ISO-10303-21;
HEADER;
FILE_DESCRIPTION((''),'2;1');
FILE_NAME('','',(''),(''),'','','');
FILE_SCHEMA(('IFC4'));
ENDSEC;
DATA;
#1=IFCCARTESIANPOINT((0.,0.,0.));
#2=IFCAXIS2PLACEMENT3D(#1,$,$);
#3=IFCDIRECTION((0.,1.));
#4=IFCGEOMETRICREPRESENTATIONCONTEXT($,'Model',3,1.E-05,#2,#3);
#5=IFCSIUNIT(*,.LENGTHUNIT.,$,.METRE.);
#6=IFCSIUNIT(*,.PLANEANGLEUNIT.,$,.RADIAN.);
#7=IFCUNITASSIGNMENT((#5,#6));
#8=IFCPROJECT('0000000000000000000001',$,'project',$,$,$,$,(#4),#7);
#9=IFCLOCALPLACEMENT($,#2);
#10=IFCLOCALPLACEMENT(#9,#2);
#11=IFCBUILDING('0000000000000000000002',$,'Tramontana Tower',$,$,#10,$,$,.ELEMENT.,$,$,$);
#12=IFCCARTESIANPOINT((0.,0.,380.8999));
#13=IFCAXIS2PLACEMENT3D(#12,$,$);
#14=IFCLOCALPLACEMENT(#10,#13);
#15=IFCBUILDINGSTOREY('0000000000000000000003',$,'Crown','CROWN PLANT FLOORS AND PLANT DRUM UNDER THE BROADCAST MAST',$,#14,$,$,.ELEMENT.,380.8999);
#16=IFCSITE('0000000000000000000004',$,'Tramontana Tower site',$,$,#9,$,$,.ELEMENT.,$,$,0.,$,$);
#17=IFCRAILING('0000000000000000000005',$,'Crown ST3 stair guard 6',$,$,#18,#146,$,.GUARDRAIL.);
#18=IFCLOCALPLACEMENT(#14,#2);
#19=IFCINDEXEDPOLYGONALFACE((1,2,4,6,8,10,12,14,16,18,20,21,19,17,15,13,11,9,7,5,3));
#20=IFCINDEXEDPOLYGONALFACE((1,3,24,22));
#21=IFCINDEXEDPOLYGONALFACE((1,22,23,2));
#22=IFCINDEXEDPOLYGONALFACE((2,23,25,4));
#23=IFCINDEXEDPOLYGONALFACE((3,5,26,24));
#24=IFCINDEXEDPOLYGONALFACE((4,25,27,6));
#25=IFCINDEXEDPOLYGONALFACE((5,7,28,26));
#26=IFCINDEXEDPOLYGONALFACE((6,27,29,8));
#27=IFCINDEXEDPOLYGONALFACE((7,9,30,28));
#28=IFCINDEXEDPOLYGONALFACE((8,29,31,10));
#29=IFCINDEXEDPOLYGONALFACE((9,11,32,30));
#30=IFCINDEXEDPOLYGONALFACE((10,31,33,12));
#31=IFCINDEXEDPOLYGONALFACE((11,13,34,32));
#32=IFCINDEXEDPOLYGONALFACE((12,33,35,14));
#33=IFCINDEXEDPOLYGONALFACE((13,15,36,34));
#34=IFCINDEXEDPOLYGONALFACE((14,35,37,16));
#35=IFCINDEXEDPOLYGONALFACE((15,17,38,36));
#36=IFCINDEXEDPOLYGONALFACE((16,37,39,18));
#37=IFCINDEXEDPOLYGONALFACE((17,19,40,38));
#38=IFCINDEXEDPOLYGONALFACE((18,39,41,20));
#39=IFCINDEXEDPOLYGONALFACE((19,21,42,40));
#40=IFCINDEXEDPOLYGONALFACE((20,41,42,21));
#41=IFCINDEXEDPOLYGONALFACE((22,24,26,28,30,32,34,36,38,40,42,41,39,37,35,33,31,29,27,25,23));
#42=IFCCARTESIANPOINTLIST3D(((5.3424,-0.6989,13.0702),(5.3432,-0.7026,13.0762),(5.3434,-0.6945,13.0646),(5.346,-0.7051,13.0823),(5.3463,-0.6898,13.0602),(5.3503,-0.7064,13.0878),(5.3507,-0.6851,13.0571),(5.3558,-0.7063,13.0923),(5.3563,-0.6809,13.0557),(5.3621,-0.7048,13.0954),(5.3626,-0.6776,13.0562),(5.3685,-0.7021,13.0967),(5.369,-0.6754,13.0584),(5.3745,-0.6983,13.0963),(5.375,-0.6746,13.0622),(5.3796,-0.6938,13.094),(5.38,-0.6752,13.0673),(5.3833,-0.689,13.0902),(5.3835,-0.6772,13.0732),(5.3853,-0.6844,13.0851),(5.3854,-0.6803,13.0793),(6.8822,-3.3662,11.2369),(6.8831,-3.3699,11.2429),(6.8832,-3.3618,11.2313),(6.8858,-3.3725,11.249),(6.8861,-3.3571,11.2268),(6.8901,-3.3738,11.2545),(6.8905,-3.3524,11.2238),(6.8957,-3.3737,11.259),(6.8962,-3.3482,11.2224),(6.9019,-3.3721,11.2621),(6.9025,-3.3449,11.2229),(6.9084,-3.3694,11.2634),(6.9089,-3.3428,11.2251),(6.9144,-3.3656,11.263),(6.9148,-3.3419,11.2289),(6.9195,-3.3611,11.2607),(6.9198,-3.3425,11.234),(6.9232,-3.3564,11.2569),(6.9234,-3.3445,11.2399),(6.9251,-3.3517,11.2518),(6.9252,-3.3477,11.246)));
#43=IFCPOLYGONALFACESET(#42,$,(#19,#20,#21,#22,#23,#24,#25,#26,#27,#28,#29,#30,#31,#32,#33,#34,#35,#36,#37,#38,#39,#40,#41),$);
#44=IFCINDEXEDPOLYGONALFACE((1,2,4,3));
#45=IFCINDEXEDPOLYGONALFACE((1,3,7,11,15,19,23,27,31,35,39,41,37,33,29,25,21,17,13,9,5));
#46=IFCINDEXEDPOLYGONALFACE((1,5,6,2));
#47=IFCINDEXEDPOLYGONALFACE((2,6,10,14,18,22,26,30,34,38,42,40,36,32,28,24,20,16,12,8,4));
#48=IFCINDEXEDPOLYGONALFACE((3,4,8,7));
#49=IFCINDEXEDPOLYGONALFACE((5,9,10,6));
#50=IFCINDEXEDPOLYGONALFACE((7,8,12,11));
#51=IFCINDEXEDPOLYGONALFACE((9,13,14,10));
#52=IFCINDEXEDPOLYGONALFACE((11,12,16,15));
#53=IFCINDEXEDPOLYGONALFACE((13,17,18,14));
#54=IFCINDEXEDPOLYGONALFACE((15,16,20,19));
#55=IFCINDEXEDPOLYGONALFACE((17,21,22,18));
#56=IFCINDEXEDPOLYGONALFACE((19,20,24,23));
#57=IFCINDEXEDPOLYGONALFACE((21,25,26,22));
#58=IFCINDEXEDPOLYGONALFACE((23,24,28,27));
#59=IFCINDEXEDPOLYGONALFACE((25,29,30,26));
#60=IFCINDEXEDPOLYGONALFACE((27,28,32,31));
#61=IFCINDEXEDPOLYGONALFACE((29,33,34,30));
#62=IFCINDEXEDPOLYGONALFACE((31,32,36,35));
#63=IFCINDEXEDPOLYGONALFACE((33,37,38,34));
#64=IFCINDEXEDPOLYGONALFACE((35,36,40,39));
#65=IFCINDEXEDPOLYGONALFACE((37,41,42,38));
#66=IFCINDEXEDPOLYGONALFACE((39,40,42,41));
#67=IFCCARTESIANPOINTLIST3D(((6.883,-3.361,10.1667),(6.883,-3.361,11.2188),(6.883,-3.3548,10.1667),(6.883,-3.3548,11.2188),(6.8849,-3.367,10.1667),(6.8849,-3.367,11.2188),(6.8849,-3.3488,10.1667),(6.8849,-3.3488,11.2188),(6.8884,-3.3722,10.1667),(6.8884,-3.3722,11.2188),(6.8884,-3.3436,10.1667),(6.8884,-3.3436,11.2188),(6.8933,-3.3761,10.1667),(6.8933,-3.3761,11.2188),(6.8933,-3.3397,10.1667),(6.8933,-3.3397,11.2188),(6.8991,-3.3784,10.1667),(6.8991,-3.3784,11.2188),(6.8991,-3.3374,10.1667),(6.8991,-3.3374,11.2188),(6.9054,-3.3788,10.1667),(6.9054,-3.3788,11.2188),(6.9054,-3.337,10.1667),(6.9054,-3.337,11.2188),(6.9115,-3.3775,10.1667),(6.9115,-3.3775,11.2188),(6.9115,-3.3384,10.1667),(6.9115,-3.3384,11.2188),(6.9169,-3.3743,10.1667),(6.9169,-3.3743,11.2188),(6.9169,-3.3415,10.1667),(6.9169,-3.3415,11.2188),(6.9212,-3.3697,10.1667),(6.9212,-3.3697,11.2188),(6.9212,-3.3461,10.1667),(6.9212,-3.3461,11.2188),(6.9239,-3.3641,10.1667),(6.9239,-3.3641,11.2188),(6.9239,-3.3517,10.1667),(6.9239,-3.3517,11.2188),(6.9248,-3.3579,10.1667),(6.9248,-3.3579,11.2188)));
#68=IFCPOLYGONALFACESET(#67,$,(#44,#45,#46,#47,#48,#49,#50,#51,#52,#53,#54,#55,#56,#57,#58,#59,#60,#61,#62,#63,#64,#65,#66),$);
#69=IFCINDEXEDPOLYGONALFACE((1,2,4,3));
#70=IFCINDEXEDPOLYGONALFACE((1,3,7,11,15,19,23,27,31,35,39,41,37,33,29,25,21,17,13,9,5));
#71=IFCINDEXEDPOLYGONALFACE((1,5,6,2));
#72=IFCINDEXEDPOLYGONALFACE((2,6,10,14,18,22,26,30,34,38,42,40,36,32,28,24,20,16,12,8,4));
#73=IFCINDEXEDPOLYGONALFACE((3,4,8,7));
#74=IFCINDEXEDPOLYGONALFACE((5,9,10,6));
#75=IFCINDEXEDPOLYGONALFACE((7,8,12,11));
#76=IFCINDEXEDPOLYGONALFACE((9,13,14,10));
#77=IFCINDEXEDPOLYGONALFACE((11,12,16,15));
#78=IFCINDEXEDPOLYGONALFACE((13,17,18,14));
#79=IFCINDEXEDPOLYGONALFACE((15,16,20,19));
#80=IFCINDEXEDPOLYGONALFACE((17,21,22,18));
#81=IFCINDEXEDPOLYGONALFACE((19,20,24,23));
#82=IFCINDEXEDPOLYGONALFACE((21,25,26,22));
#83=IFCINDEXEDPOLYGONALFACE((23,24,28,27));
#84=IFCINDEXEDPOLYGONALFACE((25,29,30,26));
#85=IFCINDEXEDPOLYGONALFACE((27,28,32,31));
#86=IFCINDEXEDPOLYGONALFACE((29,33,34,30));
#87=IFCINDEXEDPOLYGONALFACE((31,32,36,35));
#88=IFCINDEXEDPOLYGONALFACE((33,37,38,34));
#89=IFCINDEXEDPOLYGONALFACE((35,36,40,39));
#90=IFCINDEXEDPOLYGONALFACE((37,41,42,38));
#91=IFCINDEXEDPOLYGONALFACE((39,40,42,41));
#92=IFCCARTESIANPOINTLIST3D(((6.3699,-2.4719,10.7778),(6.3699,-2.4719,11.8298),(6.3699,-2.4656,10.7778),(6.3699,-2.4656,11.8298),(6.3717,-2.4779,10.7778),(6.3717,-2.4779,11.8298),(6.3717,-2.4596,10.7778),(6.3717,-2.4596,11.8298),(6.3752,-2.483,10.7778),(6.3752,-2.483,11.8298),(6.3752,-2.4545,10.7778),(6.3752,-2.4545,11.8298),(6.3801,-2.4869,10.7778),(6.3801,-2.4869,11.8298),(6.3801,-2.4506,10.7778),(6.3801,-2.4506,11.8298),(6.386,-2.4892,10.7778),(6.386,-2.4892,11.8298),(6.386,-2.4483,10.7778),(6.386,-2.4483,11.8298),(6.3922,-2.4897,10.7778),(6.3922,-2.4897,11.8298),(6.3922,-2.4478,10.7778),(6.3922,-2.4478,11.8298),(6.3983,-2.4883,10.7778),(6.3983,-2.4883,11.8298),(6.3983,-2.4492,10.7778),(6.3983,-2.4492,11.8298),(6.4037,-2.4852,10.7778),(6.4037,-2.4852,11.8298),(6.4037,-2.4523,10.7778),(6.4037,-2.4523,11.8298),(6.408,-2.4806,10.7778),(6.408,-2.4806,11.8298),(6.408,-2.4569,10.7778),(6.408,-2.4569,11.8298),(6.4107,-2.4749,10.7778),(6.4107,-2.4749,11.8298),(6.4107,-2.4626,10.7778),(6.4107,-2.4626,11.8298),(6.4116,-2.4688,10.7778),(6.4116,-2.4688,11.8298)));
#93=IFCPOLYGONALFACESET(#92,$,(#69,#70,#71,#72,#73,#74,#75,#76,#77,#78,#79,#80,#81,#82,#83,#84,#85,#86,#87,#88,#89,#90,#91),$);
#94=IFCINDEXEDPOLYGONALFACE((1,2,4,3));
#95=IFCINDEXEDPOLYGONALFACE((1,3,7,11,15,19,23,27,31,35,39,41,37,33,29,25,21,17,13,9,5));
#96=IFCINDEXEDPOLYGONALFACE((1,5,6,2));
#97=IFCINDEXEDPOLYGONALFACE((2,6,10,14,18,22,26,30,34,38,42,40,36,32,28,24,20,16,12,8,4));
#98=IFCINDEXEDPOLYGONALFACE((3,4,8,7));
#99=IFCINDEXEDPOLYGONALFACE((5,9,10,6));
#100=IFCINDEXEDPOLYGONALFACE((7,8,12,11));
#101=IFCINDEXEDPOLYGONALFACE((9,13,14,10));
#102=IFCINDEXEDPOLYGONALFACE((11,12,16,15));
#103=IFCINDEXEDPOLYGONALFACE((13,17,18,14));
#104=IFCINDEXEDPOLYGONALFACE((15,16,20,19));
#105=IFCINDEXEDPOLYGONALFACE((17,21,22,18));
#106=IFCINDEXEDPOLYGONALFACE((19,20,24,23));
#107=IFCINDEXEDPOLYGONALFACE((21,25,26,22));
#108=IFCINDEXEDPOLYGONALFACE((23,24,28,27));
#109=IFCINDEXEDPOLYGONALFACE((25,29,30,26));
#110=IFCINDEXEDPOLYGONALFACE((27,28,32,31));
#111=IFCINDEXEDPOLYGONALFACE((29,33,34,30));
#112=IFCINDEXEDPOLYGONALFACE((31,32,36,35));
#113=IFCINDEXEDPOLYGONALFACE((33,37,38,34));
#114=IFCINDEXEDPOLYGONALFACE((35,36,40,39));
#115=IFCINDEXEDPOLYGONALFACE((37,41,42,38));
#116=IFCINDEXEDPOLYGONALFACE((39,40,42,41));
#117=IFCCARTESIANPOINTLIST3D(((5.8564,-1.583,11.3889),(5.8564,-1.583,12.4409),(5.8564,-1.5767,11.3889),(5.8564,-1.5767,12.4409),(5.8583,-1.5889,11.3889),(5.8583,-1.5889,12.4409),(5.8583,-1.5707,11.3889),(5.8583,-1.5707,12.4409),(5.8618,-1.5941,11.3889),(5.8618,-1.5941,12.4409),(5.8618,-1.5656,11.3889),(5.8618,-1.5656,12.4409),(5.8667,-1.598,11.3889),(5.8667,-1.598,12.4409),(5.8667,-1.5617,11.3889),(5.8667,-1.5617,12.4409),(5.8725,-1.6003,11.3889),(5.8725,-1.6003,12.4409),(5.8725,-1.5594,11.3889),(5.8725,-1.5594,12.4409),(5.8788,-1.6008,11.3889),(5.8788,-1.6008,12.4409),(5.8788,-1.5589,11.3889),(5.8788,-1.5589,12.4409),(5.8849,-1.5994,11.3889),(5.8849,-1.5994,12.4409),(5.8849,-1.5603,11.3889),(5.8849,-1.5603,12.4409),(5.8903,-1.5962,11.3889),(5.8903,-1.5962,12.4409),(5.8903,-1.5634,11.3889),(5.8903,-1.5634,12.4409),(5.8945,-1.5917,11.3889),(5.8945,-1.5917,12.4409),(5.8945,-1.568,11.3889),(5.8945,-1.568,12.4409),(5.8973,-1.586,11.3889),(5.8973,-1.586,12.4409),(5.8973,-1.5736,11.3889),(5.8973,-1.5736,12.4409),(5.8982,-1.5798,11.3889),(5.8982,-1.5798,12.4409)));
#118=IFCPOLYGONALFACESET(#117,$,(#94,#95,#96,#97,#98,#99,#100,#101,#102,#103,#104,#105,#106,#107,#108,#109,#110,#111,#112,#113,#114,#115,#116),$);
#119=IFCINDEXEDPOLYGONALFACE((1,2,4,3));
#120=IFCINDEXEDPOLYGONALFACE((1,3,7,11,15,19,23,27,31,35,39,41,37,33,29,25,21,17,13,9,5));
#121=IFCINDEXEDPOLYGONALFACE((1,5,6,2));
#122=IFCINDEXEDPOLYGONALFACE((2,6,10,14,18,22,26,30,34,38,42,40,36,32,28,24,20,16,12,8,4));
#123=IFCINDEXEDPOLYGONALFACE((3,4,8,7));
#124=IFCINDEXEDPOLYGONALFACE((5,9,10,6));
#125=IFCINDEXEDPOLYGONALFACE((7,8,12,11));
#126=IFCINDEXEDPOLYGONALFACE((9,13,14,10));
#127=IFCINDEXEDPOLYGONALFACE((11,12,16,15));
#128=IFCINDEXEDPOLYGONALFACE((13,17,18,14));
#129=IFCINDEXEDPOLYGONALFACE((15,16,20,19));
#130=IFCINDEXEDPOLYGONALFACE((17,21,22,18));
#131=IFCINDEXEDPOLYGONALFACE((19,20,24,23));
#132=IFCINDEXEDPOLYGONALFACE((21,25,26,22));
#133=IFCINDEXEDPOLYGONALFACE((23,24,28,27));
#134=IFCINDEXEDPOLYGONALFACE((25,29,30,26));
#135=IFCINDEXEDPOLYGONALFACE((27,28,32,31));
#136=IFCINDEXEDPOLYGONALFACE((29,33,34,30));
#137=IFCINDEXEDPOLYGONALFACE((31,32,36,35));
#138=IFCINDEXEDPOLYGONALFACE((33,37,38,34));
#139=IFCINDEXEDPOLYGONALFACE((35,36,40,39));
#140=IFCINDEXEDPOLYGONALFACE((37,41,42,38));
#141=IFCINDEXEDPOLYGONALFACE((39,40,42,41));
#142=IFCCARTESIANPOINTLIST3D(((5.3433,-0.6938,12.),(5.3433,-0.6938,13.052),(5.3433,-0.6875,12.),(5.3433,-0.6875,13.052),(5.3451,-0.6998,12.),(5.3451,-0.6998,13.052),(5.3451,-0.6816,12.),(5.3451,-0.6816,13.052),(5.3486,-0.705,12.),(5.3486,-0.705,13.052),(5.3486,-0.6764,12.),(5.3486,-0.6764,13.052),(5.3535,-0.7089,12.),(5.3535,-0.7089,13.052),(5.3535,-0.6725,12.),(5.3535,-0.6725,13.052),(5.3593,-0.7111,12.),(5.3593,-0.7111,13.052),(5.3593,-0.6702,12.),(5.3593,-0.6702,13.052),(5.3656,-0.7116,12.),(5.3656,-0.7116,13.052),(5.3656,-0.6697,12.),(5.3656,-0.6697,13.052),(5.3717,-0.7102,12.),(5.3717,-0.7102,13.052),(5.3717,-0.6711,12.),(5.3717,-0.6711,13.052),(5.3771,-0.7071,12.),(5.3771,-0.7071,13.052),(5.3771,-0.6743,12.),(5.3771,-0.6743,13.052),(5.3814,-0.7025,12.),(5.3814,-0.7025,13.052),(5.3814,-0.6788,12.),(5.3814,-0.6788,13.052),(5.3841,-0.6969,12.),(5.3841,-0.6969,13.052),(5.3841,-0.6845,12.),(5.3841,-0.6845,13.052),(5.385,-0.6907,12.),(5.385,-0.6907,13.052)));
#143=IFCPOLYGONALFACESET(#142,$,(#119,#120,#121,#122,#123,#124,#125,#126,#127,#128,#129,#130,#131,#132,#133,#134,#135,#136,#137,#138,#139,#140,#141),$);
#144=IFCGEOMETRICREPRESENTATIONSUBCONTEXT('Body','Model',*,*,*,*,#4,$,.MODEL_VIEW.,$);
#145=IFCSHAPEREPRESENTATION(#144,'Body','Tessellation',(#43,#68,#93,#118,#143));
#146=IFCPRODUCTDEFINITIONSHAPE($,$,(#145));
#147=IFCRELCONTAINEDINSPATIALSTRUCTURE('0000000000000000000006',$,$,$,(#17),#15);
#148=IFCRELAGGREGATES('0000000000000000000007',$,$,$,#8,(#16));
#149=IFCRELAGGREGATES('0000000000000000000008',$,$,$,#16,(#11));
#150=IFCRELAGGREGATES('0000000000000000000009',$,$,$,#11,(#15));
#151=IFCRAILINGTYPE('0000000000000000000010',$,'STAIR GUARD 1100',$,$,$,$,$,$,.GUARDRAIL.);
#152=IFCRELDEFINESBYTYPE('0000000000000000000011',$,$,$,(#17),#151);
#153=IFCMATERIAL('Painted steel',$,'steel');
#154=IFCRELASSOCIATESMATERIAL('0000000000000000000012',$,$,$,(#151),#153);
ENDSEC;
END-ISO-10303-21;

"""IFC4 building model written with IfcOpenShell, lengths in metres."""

from ifc_helpers import new_model, si_unit, direction, frame, origin, origin_2d, place, context, subcontext, project, spatial, circle, extrude, material, type_object, element, save


model = new_model("IFC4")

# Units and contexts
model_context = context("Model", 3, precision=1e-05, world=origin(), true_north=direction((0.0, 1.0)))
body_context = subcontext(model_context, "Body", "Model", "MODEL_VIEW")
ifc_project = project(units=[si_unit("LENGTHUNIT", "METRE"), si_unit("PLANEANGLEUNIT", "RADIAN")], contexts=[model_context])

# Site, building, storey
site_placement = place(None, origin())
site = spatial("IfcSite", under=ifc_project, at=site_placement, Name="Tramontana Tower site", CompositionType="ELEMENT", RefElevation=0.0)
building_placement = place(site_placement, origin())
building = spatial("IfcBuilding", under=site, at=building_placement, Name="Tramontana Tower", CompositionType="ELEMENT")
storey_placement = place(building_placement, frame((0.0, 0.0, 380.8999)))
storey = spatial("IfcBuildingStorey", under=building, at=storey_placement, Name="Crown", Description="CROWN PLANT FLOORS AND PLANT DRUM UNDER THE BROADCAST MAST", CompositionType="ELEMENT", Elevation=380.8999)

# Railing
ifc_material_1 = material(Name="Painted steel", Category="steel")
railing_type_1 = type_object("IfcRailingType", Name="STAIR GUARD 1100", PredefinedType="GUARDRAIL", material=ifc_material_1)
for number, where, name in (
    (1, (6.9038, -3.3579, 10.1667), "Crown ST3 stair guard 6"),
):
    element("IfcRailing", number, at=place(storey_placement, frame(where)), inside=storey, type_object=railing_type_1, Name=name, PredefinedType="GUARDRAIL", context=body_context, shape_type="SweptSolid", body=[
        extrude(circle(Radius=0.0239, at=origin_2d()), frame((0.0, 0.0, 1.0762), z_axis=(-0.429616, 0.744181, 0.511493), x_axis=(-0.866044, -0.499967, 0.0)), (0.0, 0.0, 1.0), 3.5842),
        extrude(circle(Radius=0.021, at=origin_2d()), origin(), (0.0, 0.0, 1.0), 1.052),
        extrude(circle(Radius=0.021, at=origin_2d()), frame((-0.5132, 0.8892, 0.6111)), (0.0, 0.0, 1.0), 1.052),
        extrude(circle(Radius=0.021, at=origin_2d()), frame((-1.0266, 1.7781, 1.2222)), (0.0, 0.0, 1.0), 1.052),
        extrude(circle(Radius=0.021, at=origin_2d()), frame((-1.5398, 2.6672, 1.8333)), (0.0, 0.0, 1.0), 1.052),
    ])

save(model, "model.ifc")
